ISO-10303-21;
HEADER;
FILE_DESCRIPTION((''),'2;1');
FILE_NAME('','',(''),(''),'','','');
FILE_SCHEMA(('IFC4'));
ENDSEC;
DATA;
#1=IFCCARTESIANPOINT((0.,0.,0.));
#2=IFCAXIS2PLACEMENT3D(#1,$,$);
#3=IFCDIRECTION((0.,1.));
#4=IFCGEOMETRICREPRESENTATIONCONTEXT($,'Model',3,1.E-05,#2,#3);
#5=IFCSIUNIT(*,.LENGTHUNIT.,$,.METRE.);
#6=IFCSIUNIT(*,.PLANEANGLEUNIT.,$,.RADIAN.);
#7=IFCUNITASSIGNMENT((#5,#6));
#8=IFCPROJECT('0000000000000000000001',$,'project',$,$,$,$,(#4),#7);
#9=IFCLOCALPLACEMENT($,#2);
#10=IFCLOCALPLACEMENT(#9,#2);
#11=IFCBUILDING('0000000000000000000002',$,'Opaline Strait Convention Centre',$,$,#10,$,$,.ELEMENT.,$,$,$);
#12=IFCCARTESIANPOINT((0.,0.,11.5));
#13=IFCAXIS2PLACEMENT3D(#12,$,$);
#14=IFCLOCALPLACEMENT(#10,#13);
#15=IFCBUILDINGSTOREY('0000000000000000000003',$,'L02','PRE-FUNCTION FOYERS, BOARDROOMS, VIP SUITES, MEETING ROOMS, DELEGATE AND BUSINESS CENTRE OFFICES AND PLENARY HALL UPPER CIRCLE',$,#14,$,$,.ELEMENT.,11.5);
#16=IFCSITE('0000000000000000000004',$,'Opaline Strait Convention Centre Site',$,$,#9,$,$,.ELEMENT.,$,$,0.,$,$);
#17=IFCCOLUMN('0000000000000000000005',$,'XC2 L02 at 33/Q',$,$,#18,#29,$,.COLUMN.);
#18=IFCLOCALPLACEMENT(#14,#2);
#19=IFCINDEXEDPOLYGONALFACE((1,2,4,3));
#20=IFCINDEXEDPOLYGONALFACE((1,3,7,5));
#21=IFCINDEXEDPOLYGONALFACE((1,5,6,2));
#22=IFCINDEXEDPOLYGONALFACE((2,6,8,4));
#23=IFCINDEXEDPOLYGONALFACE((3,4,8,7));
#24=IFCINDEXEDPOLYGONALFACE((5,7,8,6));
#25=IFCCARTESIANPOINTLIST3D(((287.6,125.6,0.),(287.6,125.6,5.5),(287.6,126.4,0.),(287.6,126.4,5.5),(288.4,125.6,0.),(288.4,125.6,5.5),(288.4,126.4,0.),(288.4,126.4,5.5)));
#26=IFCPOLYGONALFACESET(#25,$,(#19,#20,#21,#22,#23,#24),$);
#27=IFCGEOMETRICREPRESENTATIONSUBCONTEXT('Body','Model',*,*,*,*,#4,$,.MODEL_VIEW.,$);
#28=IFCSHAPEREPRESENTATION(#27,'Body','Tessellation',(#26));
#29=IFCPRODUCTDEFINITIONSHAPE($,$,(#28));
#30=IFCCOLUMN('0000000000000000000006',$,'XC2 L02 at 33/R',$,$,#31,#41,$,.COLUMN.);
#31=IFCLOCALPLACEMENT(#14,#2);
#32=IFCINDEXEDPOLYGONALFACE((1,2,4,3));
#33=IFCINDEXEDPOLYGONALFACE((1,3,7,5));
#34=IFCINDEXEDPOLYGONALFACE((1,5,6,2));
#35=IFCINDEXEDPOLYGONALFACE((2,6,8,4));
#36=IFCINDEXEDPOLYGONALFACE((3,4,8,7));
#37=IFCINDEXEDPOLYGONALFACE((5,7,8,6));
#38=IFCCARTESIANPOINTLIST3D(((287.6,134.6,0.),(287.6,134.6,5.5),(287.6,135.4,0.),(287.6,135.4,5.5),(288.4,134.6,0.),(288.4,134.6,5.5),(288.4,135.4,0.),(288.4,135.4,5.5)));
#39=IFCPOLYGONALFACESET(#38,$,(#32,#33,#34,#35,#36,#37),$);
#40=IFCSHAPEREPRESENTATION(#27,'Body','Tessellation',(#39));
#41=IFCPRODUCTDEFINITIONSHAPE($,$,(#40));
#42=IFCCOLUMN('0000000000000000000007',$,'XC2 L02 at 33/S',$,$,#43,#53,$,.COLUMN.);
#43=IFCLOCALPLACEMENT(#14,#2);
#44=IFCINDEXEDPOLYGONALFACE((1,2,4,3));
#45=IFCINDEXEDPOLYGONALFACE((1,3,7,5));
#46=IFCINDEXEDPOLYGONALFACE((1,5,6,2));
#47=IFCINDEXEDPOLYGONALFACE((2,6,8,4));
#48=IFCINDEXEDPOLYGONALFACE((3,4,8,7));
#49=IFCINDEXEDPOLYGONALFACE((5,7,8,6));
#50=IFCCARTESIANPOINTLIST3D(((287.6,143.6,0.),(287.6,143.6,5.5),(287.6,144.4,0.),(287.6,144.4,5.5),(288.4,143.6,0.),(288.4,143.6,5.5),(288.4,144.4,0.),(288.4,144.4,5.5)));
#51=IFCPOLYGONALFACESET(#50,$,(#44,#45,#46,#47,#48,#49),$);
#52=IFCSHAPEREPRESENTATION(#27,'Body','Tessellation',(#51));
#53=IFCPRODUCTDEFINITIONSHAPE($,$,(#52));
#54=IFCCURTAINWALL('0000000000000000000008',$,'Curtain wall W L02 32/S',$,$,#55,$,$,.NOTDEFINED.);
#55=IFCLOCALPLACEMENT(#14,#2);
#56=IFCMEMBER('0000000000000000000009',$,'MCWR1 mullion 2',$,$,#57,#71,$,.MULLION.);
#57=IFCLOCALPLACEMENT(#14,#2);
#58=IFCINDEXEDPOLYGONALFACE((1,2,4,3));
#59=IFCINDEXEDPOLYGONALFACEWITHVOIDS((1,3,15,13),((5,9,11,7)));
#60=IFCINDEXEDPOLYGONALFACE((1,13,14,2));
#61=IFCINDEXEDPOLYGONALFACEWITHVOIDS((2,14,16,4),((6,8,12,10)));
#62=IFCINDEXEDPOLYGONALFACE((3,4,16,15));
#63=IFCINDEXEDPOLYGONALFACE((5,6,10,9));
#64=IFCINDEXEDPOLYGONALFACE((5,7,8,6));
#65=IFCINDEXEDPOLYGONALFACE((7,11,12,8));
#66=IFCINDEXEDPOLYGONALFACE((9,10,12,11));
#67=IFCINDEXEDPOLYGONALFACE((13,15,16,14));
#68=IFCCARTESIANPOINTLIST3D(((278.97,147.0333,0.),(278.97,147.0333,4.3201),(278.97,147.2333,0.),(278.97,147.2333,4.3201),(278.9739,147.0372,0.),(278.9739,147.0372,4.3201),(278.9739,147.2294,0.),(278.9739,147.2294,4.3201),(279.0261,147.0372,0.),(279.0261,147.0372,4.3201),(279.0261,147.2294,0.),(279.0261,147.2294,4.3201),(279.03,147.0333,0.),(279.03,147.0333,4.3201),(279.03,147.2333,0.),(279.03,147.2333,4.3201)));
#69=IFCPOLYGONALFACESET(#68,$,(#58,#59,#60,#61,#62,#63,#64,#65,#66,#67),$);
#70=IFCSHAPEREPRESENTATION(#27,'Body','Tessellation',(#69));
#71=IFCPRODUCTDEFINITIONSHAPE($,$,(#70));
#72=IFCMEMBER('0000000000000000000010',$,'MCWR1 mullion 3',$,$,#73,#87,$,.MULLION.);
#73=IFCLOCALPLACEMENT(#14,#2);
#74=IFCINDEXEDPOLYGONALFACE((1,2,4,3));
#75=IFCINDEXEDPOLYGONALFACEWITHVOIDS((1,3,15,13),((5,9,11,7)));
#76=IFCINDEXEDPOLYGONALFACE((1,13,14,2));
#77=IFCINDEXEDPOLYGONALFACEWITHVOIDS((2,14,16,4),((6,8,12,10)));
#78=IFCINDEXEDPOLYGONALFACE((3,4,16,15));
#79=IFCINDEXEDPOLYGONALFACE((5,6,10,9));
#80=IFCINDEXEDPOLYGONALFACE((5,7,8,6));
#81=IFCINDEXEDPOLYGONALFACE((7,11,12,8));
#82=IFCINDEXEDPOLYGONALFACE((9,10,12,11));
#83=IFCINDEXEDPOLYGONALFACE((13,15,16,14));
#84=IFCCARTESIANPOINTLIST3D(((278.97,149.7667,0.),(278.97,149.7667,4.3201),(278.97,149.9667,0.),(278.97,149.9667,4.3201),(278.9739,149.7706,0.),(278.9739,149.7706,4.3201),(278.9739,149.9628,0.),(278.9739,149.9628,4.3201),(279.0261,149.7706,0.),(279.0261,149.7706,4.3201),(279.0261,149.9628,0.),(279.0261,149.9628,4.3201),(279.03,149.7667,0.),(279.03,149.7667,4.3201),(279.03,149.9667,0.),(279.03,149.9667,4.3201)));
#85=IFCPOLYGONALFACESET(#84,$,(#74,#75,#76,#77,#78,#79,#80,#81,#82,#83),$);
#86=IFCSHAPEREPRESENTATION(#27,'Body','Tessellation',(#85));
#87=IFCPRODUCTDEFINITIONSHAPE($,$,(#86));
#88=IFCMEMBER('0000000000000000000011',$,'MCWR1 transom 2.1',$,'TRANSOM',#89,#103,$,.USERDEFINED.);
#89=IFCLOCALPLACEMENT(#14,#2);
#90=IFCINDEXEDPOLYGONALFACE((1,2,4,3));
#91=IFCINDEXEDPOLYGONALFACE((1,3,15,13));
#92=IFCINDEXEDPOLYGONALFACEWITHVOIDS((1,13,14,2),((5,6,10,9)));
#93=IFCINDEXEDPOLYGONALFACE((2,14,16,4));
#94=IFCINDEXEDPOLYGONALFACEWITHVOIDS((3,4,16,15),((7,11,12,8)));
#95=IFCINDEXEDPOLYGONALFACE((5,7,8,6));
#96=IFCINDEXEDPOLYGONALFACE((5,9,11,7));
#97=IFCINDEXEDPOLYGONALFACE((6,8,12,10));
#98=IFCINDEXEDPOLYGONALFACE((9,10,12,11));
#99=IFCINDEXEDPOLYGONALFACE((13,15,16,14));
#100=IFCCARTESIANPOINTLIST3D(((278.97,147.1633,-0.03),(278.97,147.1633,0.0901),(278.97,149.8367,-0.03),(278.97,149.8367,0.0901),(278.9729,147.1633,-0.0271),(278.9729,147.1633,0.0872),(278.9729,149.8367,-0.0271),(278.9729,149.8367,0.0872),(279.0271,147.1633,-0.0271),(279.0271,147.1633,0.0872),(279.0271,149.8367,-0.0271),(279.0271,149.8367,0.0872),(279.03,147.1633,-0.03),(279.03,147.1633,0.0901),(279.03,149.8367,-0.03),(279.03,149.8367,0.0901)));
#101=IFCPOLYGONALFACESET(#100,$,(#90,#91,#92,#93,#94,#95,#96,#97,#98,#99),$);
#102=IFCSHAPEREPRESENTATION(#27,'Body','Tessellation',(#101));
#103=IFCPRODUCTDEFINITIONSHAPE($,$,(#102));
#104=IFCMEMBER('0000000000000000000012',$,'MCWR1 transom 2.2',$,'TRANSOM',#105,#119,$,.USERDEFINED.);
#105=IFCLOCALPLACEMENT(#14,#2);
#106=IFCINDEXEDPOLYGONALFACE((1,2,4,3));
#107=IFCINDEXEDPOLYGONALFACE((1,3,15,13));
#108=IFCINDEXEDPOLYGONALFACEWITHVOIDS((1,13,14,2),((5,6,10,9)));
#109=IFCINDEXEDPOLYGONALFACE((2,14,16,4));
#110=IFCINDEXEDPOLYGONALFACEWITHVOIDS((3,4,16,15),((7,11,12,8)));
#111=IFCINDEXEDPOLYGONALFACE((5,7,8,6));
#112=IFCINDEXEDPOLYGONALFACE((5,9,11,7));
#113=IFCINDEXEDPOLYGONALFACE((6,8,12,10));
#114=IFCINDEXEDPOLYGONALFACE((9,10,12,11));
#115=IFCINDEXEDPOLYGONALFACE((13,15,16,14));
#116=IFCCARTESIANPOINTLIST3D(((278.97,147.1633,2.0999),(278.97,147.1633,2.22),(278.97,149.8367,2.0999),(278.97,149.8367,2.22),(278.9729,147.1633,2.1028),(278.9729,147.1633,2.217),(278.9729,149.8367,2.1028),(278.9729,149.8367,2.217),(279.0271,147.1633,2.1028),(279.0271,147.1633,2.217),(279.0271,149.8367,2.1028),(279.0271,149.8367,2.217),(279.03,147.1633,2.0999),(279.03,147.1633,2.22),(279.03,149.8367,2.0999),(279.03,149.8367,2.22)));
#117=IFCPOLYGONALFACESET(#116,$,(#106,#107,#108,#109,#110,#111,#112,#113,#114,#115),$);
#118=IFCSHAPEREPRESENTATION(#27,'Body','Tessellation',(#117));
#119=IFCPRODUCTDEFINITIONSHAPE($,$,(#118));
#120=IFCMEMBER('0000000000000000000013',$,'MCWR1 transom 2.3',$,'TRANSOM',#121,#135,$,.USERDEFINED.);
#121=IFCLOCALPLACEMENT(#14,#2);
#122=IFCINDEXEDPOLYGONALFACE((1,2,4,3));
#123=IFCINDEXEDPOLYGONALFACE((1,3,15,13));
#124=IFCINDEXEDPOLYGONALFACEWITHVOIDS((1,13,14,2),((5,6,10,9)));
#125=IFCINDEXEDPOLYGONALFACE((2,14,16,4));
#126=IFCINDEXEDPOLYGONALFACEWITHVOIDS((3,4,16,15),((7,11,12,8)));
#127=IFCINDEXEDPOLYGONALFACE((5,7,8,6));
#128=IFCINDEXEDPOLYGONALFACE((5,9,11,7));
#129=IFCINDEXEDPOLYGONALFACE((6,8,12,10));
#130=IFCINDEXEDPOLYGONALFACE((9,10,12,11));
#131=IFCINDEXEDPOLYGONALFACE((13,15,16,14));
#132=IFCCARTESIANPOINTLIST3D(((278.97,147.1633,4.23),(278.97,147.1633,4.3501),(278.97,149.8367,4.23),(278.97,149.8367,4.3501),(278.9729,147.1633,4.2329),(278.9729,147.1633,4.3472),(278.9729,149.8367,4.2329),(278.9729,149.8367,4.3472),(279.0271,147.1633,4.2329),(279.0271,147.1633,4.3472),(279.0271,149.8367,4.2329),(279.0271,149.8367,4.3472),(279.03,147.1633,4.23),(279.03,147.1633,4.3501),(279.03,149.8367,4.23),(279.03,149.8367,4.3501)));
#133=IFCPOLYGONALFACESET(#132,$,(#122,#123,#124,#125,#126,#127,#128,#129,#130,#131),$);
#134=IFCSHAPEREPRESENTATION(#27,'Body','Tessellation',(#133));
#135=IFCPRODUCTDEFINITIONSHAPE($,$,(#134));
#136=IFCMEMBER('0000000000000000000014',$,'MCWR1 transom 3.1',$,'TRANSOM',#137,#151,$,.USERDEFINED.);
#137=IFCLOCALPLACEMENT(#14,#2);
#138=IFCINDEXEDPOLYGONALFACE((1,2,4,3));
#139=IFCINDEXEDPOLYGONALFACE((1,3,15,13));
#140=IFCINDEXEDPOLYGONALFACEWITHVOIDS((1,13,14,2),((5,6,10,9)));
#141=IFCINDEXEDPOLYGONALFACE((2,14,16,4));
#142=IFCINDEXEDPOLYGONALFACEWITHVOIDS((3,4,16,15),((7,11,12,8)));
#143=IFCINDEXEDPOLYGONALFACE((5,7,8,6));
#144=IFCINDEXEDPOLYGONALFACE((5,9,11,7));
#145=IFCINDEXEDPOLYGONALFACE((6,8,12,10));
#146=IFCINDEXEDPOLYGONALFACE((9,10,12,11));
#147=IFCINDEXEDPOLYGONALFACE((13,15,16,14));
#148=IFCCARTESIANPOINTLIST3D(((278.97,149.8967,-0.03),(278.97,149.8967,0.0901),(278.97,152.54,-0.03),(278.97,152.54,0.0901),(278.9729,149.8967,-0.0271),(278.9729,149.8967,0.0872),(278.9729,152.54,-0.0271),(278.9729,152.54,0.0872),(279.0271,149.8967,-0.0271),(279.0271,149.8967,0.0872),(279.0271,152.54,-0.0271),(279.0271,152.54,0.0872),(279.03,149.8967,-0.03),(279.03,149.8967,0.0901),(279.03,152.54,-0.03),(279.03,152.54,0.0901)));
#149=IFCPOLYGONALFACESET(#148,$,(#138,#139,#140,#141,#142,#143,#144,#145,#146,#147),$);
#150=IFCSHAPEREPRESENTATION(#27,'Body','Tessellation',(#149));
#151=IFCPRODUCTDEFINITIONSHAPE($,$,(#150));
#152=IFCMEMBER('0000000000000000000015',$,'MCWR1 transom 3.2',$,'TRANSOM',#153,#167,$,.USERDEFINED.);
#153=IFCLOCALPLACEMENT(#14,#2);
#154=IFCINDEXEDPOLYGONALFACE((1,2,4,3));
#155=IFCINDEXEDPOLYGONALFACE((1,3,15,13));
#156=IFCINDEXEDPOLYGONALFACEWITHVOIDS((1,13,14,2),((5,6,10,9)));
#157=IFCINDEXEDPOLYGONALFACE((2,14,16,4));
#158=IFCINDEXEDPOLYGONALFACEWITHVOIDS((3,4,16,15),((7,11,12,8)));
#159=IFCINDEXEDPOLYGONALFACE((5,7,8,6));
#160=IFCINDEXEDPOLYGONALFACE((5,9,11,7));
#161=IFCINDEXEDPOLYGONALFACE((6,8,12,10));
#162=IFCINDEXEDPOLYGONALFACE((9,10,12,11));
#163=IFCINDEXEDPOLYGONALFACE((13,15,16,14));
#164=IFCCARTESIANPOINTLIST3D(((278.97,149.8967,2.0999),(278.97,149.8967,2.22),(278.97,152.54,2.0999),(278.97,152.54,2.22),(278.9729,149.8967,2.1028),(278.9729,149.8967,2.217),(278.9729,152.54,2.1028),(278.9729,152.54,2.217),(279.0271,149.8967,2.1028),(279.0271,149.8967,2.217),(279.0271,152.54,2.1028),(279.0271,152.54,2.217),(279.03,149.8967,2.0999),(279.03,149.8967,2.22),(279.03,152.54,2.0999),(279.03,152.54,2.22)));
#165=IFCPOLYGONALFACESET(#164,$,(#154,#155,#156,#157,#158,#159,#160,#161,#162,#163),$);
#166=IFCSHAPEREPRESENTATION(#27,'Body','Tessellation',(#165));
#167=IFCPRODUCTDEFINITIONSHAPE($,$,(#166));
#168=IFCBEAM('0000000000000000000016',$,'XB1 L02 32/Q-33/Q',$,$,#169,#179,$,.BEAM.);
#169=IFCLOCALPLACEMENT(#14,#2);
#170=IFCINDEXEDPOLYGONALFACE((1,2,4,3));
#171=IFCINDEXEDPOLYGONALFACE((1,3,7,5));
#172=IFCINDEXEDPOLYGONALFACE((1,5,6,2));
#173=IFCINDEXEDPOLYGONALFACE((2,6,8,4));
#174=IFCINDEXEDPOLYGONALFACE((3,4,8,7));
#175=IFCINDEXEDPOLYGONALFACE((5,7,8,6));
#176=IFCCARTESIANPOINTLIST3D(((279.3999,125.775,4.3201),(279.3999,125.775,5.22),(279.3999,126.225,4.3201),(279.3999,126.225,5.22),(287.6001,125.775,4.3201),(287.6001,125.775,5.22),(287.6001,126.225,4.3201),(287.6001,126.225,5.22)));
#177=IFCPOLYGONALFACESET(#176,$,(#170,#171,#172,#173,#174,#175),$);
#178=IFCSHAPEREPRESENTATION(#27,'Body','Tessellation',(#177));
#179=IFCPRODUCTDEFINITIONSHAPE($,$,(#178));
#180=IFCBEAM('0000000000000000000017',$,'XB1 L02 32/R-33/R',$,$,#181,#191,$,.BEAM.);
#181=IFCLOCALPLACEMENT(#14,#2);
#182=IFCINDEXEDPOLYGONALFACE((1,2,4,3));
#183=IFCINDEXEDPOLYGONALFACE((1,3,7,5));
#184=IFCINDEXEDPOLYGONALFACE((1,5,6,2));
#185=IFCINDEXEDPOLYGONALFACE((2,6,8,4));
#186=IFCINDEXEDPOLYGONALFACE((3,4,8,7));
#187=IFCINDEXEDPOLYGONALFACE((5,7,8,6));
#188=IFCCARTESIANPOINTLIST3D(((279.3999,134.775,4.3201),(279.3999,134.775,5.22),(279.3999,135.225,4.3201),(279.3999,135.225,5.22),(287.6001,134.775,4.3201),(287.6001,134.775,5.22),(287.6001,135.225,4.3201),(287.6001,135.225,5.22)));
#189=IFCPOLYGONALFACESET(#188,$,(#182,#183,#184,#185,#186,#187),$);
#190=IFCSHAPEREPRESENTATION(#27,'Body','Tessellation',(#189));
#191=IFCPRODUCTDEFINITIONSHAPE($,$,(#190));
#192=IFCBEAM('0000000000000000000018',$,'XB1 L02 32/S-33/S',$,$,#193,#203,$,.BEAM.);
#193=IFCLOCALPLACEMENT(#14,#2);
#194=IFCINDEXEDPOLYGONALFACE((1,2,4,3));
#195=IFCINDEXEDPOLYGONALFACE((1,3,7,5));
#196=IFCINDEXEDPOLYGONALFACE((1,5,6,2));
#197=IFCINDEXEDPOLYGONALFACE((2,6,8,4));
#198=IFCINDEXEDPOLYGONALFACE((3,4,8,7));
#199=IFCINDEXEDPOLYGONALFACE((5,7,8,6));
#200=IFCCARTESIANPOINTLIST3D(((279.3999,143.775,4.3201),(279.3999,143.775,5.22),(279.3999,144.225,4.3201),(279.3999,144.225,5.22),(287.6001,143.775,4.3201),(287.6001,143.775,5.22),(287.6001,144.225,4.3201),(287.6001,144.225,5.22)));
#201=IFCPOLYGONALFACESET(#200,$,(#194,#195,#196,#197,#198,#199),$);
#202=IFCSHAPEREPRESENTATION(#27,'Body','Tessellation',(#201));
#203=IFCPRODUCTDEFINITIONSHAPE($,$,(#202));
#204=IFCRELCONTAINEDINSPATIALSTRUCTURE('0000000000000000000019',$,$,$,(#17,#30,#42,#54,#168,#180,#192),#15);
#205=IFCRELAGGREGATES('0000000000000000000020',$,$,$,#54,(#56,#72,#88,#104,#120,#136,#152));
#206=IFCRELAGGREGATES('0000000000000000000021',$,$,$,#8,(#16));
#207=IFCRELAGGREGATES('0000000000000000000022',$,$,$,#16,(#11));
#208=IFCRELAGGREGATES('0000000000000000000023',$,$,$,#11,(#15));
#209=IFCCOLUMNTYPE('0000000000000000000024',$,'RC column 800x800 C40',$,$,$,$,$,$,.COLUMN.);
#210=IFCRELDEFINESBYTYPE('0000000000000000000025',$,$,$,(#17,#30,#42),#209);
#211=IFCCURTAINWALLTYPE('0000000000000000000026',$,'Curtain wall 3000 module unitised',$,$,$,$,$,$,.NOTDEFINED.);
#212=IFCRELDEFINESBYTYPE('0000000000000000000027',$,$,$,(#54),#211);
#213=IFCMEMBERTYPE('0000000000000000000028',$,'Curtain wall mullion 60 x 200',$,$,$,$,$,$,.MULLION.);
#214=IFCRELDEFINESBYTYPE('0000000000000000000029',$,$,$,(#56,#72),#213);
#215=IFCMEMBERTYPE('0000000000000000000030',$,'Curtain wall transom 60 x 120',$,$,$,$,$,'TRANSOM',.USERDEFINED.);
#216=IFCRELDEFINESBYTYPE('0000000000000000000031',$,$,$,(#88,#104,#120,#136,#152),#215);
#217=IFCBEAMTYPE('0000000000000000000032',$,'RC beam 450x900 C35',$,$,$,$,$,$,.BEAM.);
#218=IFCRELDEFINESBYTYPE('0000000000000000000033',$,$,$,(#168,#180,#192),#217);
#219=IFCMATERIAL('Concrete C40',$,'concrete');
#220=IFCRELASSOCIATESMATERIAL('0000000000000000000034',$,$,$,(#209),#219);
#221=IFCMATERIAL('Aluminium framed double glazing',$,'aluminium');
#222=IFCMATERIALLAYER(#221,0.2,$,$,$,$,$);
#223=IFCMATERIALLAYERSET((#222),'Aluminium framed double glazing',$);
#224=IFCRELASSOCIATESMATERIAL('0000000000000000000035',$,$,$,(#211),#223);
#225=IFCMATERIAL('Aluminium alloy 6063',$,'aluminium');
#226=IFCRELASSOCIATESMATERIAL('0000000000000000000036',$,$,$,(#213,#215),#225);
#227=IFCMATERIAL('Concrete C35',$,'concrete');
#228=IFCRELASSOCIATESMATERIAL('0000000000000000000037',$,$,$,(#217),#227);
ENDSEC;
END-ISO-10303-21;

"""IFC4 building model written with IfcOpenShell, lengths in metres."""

from ifc_helpers import new_model, si_unit, direction, frame, origin, origin_2d, place, context, subcontext, project, spatial, rectangle, hollow_rectangle, extrude, material, layer, layer_set, material_profile, profile_set, type_object, element, aggregate, save


model = new_model("IFC4")

# Units and contexts
model_context = context("Model", 3, precision=1e-05, world=origin(), true_north=direction((0.0, 1.0)))
body_context = subcontext(model_context, "Body", "Model", "MODEL_VIEW")
ifc_project = project(units=[si_unit("LENGTHUNIT", "METRE"), si_unit("PLANEANGLEUNIT", "RADIAN")], contexts=[model_context])

# Site, building, storey
site_placement = place(None, origin())
site = spatial("IfcSite", under=ifc_project, at=site_placement, Name="Opaline Strait Convention Centre Site", CompositionType="ELEMENT", RefElevation=0.0)
building_placement = place(site_placement, origin())
building = spatial("IfcBuilding", under=site, at=building_placement, Name="Opaline Strait Convention Centre", CompositionType="ELEMENT")
storey_placement = place(building_placement, frame((0.0, 0.0, 11.5)))
storey = spatial("IfcBuildingStorey", under=building, at=storey_placement, Name="L02", Description="PRE-FUNCTION FOYERS, BOARDROOMS, VIP SUITES, MEETING ROOMS, DELEGATE AND BUSINESS CENTRE OFFICES AND PLENARY HALL UPPER CIRCLE", CompositionType="ELEMENT", Elevation=11.5)

# Columns
ifc_material_1 = material(Name="Concrete C40", Category="concrete")
ifc_material_profile_1 = material_profile(ifc_material_1, rectangle(XDim=0.8, YDim=0.8, at=origin_2d()), Name="RC 800x800")
ifc_profile_set_1 = profile_set([ifc_material_profile_1], Name="Concrete C40")
column_type = type_object("IfcColumnType", Name="RC column 800x800 C40", PredefinedType="COLUMN", material=ifc_profile_set_1)
for number, where, z_axis, x_axis, name in (
    (1, (288.0, 126.0, 0.0), (0.0, 0.0, 1.0), (1.0, 0.0, 0.0), "XC2 L02 at 33/Q"),
    (2, (288.0, 135.0, 0.0), (0.0, 0.0, 1.0), (1.0, 0.0, 0.0), "XC2 L02 at 33/R"),
    (3, (288.0, 144.0, 0.0), (0.0, 0.0, 1.0), (1.0, 0.0, 0.0), "XC2 L02 at 33/S"),
):
    element("IfcColumn", number, at=place(storey_placement, frame(where, z_axis=z_axis, x_axis=x_axis)), inside=storey, type_object=column_type, Name=name, PredefinedType="COLUMN", context=body_context, shape_type="SweptSolid", body=[
        extrude(rectangle(XDim=0.8, YDim=0.8, at=origin_2d()), origin(), (0.0, 0.0, 1.0), 5.5),
    ])

# Curtain wall, members
ifc_material_2 = material(Name="Aluminium framed double glazing", Category="aluminium")
ifc_layer_1 = layer(ifc_material_2, 0.2)
ifc_layer_set_1 = layer_set([ifc_layer_1], Name="Aluminium framed double glazing")
curtain_wall_type = type_object("IfcCurtainWallType", Name="Curtain wall 3000 module unitised", PredefinedType="NOTDEFINED", material=ifc_layer_set_1)
curtain_wall_placement = place(storey_placement, origin())
curtain_wall = element("IfcCurtainWall", 4, at=curtain_wall_placement, inside=storey, type_object=curtain_wall_type, Name="Curtain wall W L02 32/S", PredefinedType="NOTDEFINED")
ifc_material_3 = material(Name="Aluminium alloy 6063", Category="aluminium")
ifc_material_profile_2 = material_profile(ifc_material_3, hollow_rectangle(XDim=0.0601, YDim=0.2, WallThickness=0.0039, at=origin_2d()), Name="MULLION 60x200x4")
ifc_profile_set_2 = profile_set([ifc_material_profile_2], Name="Aluminium alloy 6063")
member_type_1 = type_object("IfcMemberType", Name="Curtain wall mullion 60 x 200", PredefinedType="MULLION", material=ifc_profile_set_2)
member_1_placement = place(storey_placement, frame((279.0, 147.1333, 0.0), z_axis=(0.0, 0.0, 1.0), x_axis=(-1.0, 0.0, 0.0)))
member_1 = element("IfcMember", 5, at=member_1_placement, type_object=member_type_1, Name="MCWR1 mullion 2", PredefinedType="MULLION", context=body_context, shape_type="SweptSolid", body=[
    extrude(hollow_rectangle(XDim=0.0601, YDim=0.2, WallThickness=0.0039, at=origin_2d()), origin(), (0.0, 0.0, 1.0), 4.3201),
])
member_2_placement = place(storey_placement, frame((279.0, 149.8667, 0.0), z_axis=(0.0, 0.0, 1.0), x_axis=(-1.0, 0.0, 0.0)))
member_2 = element("IfcMember", 6, at=member_2_placement, type_object=member_type_1, Name="MCWR1 mullion 3", PredefinedType="MULLION", context=body_context, shape_type="SweptSolid", body=[
    extrude(hollow_rectangle(XDim=0.0601, YDim=0.2, WallThickness=0.0039, at=origin_2d()), origin(), (0.0, 0.0, 1.0), 4.3201),
])
ifc_material_profile_3 = material_profile(ifc_material_3, hollow_rectangle(XDim=0.0601, YDim=0.1201, WallThickness=0.0029, at=origin_2d()), Name="TRANSOM 60x120x3")
ifc_profile_set_3 = profile_set([ifc_material_profile_3], Name="Aluminium alloy 6063")
member_type_2 = type_object("IfcMemberType", Name="Curtain wall transom 60 x 120", ElementType="TRANSOM", PredefinedType="USERDEFINED", material=ifc_profile_set_3)
member_3_placement = place(storey_placement, frame((279.0, 147.1633, 0.03), z_axis=(0.0, 1.0, 0.0), x_axis=(-1.0, 0.0, 0.0)))
member_3 = element("IfcMember", 7, at=member_3_placement, type_object=member_type_2, Name="MCWR1 transom 2.1", ObjectType="TRANSOM", PredefinedType="USERDEFINED", context=body_context, shape_type="SweptSolid", body=[
    extrude(hollow_rectangle(XDim=0.0601, YDim=0.1201, WallThickness=0.0029, at=origin_2d()), origin(), (0.0, 0.0, 1.0), 2.6733),
])
member_4_placement = place(storey_placement, frame((279.0, 147.1633, 2.1599), z_axis=(0.0, 1.0, 0.0), x_axis=(-1.0, 0.0, 0.0)))
member_4 = element("IfcMember", 8, at=member_4_placement, type_object=member_type_2, Name="MCWR1 transom 2.2", ObjectType="TRANSOM", PredefinedType="USERDEFINED", context=body_context, shape_type="SweptSolid", body=[
    extrude(hollow_rectangle(XDim=0.0601, YDim=0.1201, WallThickness=0.0029, at=origin_2d()), origin(), (0.0, 0.0, 1.0), 2.6733),
])
member_5_placement = place(storey_placement, frame((279.0, 147.1633, 4.29), z_axis=(0.0, 1.0, 0.0), x_axis=(-1.0, 0.0, 0.0)))
member_5 = element("IfcMember", 9, at=member_5_placement, type_object=member_type_2, Name="MCWR1 transom 2.3", ObjectType="TRANSOM", PredefinedType="USERDEFINED", context=body_context, shape_type="SweptSolid", body=[
    extrude(hollow_rectangle(XDim=0.0601, YDim=0.1201, WallThickness=0.0029, at=origin_2d()), origin(), (0.0, 0.0, 1.0), 2.6733),
])
member_6_placement = place(storey_placement, frame((279.0, 149.8967, 0.03), z_axis=(0.0, 1.0, 0.0), x_axis=(-1.0, 0.0, 0.0)))
member_6 = element("IfcMember", 10, at=member_6_placement, type_object=member_type_2, Name="MCWR1 transom 3.1", ObjectType="TRANSOM", PredefinedType="USERDEFINED", context=body_context, shape_type="SweptSolid", body=[
    extrude(hollow_rectangle(XDim=0.0601, YDim=0.1201, WallThickness=0.0029, at=origin_2d()), origin(), (0.0, 0.0, 1.0), 2.6433),
])
member_7_placement = place(storey_placement, frame((279.0, 149.8967, 2.1599), z_axis=(0.0, 1.0, 0.0), x_axis=(-1.0, 0.0, 0.0)))
member_7 = element("IfcMember", 11, at=member_7_placement, type_object=member_type_2, Name="MCWR1 transom 3.2", ObjectType="TRANSOM", PredefinedType="USERDEFINED", context=body_context, shape_type="SweptSolid", body=[
    extrude(hollow_rectangle(XDim=0.0601, YDim=0.1201, WallThickness=0.0029, at=origin_2d()), origin(), (0.0, 0.0, 1.0), 2.6433),
])

# Beams
ifc_material_4 = material(Name="Concrete C35", Category="concrete")
ifc_material_profile_4 = material_profile(ifc_material_4, rectangle(XDim=0.45, YDim=0.8999, at=origin_2d()), Name="RC 450x900")
ifc_profile_set_4 = profile_set([ifc_material_profile_4], Name="Concrete C35")
beam_type = type_object("IfcBeamType", Name="RC beam 450x900 C35", PredefinedType="BEAM", material=ifc_profile_set_4)
for number, where, z_axis, x_axis, name in (
    (12, (279.3999, 126.0, 4.77), (1.0, 0.0, 0.0), (0.0, 1.0, 0.0), "XB1 L02 32/Q-33/Q"),
    (13, (279.3999, 135.0, 4.77), (1.0, 0.0, 0.0), (0.0, 1.0, 0.0), "XB1 L02 32/R-33/R"),
    (14, (279.3999, 144.0, 4.77), (1.0, 0.0, 0.0), (0.0, 1.0, 0.0), "XB1 L02 32/S-33/S"),
):
    element("IfcBeam", number, at=place(storey_placement, frame(where, z_axis=z_axis, x_axis=x_axis)), inside=storey, type_object=beam_type, Name=name, PredefinedType="BEAM", context=body_context, shape_type="SweptSolid", body=[
        extrude(rectangle(XDim=0.45, YDim=0.8999, at=origin_2d()), origin(), (0.0, 0.0, 1.0), 8.2002),
    ])

aggregate(curtain_wall, [member_1, member_2, member_3, member_4, member_5, member_6, member_7])

save(model, "model.ifc")
